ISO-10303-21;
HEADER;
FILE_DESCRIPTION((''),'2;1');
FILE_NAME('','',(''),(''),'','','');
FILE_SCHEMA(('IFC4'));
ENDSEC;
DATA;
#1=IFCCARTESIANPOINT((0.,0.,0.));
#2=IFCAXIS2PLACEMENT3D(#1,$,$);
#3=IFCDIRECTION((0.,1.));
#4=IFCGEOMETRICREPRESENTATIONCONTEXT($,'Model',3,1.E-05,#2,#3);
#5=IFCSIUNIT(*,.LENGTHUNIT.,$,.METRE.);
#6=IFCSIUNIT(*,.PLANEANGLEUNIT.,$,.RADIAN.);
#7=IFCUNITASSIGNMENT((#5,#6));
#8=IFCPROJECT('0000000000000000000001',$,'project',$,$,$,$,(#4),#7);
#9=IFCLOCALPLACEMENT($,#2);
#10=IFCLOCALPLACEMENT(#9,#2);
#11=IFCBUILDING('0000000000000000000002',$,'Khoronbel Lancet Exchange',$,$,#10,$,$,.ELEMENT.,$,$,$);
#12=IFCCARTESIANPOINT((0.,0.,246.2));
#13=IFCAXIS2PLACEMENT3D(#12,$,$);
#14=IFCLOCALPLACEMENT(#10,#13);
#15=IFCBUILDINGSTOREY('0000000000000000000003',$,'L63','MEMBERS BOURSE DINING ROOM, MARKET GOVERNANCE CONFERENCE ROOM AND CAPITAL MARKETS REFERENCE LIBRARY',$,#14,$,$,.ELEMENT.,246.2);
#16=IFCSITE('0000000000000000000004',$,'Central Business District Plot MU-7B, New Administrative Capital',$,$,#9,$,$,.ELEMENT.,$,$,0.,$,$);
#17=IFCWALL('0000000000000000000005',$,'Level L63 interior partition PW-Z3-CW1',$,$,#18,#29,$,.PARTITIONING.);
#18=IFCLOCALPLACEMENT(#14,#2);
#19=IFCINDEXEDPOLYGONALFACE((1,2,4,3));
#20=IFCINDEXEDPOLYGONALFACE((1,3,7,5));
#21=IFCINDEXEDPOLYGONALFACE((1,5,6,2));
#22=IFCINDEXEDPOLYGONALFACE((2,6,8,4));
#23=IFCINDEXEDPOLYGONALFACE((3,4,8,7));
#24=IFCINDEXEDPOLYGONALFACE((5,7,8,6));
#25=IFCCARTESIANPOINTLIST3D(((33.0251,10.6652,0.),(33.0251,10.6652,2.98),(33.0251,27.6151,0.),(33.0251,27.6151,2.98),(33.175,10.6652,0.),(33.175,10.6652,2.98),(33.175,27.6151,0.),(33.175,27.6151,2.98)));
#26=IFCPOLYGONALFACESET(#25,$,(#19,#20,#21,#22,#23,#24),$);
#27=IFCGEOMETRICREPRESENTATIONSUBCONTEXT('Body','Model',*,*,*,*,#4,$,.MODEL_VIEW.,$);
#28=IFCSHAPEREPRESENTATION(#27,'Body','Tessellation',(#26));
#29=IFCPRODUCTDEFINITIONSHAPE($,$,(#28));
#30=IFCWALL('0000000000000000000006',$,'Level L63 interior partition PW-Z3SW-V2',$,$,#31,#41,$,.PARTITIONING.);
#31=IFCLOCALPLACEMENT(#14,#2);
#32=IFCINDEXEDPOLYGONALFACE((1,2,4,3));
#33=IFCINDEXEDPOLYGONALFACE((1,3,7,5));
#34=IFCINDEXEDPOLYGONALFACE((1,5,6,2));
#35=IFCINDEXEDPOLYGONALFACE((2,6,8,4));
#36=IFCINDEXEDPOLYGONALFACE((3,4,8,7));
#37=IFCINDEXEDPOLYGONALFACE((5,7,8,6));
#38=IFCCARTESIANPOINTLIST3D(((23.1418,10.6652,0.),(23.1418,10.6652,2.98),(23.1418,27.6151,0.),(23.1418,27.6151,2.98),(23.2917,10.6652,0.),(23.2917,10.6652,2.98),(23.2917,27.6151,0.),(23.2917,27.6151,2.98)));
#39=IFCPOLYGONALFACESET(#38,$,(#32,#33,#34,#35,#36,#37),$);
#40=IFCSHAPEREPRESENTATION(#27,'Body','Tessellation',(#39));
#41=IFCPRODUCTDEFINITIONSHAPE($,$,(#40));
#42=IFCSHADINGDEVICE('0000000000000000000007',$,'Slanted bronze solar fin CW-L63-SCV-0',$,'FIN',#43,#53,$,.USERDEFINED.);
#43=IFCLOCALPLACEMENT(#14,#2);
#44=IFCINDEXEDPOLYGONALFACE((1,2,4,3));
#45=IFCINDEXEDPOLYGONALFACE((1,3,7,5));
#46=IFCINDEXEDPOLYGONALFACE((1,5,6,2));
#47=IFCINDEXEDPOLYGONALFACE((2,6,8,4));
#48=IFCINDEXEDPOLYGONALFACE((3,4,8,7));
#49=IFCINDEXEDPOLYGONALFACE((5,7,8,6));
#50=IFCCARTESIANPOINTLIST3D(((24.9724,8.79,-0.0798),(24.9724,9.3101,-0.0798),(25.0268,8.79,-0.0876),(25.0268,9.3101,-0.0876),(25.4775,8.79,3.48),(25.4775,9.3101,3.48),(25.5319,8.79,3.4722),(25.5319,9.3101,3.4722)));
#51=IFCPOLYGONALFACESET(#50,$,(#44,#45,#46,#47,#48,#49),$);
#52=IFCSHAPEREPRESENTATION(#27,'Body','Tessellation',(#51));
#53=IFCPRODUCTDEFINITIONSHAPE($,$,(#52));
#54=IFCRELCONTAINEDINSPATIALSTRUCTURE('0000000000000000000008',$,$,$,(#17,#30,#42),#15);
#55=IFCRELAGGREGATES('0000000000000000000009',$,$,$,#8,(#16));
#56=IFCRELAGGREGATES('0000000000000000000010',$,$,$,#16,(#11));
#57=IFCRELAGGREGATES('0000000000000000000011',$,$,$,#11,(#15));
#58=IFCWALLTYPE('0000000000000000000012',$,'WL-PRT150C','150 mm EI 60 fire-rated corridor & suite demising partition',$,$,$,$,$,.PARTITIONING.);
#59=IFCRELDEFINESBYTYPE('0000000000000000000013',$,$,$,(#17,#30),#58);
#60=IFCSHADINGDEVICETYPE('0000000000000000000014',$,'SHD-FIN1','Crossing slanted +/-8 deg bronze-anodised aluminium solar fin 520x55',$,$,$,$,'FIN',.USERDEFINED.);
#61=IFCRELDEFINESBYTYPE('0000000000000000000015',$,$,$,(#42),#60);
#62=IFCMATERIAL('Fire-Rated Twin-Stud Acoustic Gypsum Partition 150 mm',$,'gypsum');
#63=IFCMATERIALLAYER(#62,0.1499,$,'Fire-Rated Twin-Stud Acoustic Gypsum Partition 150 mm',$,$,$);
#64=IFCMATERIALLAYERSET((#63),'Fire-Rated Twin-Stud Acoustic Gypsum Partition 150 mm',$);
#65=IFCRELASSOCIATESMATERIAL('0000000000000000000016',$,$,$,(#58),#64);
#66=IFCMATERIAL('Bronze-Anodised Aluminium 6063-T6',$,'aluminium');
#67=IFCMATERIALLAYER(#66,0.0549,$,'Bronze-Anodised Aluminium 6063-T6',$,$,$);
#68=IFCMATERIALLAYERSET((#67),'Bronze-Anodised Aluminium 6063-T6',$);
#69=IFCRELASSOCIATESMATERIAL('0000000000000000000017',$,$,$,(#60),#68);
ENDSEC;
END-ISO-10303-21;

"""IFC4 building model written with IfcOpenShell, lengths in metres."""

from ifc_helpers import new_model, si_unit, direction, frame, frame_2d, origin, place, context, subcontext, project, spatial, polyline, rectangle, outline, extrude, material, layer, layer_set, type_object, element, save


model = new_model("IFC4")

# Units and contexts
model_context = context("Model", 3, precision=1e-05, world=origin(), true_north=direction((0.0, 1.0)))
body_context = subcontext(model_context, "Body", "Model", "MODEL_VIEW")
ifc_project = project(units=[si_unit("LENGTHUNIT", "METRE"), si_unit("PLANEANGLEUNIT", "RADIAN")], contexts=[model_context])

# Site, building, storey
site_placement = place(None, origin())
site = spatial("IfcSite", under=ifc_project, at=site_placement, Name="Central Business District Plot MU-7B, New Administrative Capital", CompositionType="ELEMENT", RefElevation=0.0)
building_placement = place(site_placement, origin())
building = spatial("IfcBuilding", under=site, at=building_placement, Name="Khoronbel Lancet Exchange", CompositionType="ELEMENT")
storey_placement = place(building_placement, frame((0.0, 0.0, 246.2)))
storey = spatial("IfcBuildingStorey", under=building, at=storey_placement, Name="L63", Description="MEMBERS BOURSE DINING ROOM, MARKET GOVERNANCE CONFERENCE ROOM AND CAPITAL MARKETS REFERENCE LIBRARY", CompositionType="ELEMENT", Elevation=246.2)

# Shared definitions
ifc_material_1 = material(Name="Bronze-Anodised Aluminium 6063-T6", Category="aluminium")

# Walls
ifc_material_2 = material(Name="Fire-Rated Twin-Stud Acoustic Gypsum Partition 150 mm", Category="gypsum")
ifc_layer_1 = layer(ifc_material_2, 0.1499, Name="Fire-Rated Twin-Stud Acoustic Gypsum Partition 150 mm")
ifc_layer_set_1 = layer_set([ifc_layer_1], Name="Fire-Rated Twin-Stud Acoustic Gypsum Partition 150 mm")
wall_type = type_object("IfcWallType", Name="WL-PRT150C", Description="150 mm EI 60 fire-rated corridor & suite demising partition", PredefinedType="PARTITIONING", material=ifc_layer_set_1)
for number, where, z_axis, x_axis, name in (
    (1, (33.1001, 10.665, 0.0), (0.0, 0.0, 1.0), (0.0, 1.0, 0.0), "Level L63 interior partition PW-Z3-CW1"),
    (2, (23.2168, 10.665, 0.0), (0.0, 0.0, 1.0), (0.0, 1.0, 0.0), "Level L63 interior partition PW-Z3SW-V2"),
):
    element("IfcWall", number, at=place(storey_placement, frame(where, z_axis=z_axis, x_axis=x_axis)), inside=storey, type_object=wall_type, Name=name, PredefinedType="PARTITIONING", context=body_context, shape_type="SweptSolid", body=[
        extrude(rectangle(XDim=16.95, YDim=0.1499, at=frame_2d((8.4751, 0.0))), origin(), (0.0, 0.0, 1.0), 2.98),
    ])

# Shading device
ifc_layer_2 = layer(ifc_material_1, 0.0549, Name="Bronze-Anodised Aluminium 6063-T6")
ifc_layer_set_2 = layer_set([ifc_layer_2], Name="Bronze-Anodised Aluminium 6063-T6")
shading_device_type = type_object("IfcShadingDeviceType", Name="SHD-FIN1", Description="Crossing slanted +/-8 deg bronze-anodised aluminium solar fin 520x55", ElementType="FIN", PredefinedType="USERDEFINED", material=ifc_layer_set_2)
shading_device_placement = place(storey_placement, frame((24.9724, 9.3101, -0.0798), z_axis=(-0.990082, 0.0, 0.14049), x_axis=(0.0, -1.0, 0.0)))
element("IfcShadingDevice", 3, at=shading_device_placement, inside=storey, type_object=shading_device_type, Name="Slanted bronze solar fin CW-L63-SCV-0", ObjectType="FIN", PredefinedType="USERDEFINED", context=body_context, shape_type="SweptSolid", body=[
    extrude(outline(polyline([(0.0, 0.0), (0.52, 0.0), (0.52, 3.5955), (0.0, 3.5955), (0.0, 0.0)])), origin(), (0.0, 0.0, -1.0), 0.0549),
])

save(model, "model.ifc")
